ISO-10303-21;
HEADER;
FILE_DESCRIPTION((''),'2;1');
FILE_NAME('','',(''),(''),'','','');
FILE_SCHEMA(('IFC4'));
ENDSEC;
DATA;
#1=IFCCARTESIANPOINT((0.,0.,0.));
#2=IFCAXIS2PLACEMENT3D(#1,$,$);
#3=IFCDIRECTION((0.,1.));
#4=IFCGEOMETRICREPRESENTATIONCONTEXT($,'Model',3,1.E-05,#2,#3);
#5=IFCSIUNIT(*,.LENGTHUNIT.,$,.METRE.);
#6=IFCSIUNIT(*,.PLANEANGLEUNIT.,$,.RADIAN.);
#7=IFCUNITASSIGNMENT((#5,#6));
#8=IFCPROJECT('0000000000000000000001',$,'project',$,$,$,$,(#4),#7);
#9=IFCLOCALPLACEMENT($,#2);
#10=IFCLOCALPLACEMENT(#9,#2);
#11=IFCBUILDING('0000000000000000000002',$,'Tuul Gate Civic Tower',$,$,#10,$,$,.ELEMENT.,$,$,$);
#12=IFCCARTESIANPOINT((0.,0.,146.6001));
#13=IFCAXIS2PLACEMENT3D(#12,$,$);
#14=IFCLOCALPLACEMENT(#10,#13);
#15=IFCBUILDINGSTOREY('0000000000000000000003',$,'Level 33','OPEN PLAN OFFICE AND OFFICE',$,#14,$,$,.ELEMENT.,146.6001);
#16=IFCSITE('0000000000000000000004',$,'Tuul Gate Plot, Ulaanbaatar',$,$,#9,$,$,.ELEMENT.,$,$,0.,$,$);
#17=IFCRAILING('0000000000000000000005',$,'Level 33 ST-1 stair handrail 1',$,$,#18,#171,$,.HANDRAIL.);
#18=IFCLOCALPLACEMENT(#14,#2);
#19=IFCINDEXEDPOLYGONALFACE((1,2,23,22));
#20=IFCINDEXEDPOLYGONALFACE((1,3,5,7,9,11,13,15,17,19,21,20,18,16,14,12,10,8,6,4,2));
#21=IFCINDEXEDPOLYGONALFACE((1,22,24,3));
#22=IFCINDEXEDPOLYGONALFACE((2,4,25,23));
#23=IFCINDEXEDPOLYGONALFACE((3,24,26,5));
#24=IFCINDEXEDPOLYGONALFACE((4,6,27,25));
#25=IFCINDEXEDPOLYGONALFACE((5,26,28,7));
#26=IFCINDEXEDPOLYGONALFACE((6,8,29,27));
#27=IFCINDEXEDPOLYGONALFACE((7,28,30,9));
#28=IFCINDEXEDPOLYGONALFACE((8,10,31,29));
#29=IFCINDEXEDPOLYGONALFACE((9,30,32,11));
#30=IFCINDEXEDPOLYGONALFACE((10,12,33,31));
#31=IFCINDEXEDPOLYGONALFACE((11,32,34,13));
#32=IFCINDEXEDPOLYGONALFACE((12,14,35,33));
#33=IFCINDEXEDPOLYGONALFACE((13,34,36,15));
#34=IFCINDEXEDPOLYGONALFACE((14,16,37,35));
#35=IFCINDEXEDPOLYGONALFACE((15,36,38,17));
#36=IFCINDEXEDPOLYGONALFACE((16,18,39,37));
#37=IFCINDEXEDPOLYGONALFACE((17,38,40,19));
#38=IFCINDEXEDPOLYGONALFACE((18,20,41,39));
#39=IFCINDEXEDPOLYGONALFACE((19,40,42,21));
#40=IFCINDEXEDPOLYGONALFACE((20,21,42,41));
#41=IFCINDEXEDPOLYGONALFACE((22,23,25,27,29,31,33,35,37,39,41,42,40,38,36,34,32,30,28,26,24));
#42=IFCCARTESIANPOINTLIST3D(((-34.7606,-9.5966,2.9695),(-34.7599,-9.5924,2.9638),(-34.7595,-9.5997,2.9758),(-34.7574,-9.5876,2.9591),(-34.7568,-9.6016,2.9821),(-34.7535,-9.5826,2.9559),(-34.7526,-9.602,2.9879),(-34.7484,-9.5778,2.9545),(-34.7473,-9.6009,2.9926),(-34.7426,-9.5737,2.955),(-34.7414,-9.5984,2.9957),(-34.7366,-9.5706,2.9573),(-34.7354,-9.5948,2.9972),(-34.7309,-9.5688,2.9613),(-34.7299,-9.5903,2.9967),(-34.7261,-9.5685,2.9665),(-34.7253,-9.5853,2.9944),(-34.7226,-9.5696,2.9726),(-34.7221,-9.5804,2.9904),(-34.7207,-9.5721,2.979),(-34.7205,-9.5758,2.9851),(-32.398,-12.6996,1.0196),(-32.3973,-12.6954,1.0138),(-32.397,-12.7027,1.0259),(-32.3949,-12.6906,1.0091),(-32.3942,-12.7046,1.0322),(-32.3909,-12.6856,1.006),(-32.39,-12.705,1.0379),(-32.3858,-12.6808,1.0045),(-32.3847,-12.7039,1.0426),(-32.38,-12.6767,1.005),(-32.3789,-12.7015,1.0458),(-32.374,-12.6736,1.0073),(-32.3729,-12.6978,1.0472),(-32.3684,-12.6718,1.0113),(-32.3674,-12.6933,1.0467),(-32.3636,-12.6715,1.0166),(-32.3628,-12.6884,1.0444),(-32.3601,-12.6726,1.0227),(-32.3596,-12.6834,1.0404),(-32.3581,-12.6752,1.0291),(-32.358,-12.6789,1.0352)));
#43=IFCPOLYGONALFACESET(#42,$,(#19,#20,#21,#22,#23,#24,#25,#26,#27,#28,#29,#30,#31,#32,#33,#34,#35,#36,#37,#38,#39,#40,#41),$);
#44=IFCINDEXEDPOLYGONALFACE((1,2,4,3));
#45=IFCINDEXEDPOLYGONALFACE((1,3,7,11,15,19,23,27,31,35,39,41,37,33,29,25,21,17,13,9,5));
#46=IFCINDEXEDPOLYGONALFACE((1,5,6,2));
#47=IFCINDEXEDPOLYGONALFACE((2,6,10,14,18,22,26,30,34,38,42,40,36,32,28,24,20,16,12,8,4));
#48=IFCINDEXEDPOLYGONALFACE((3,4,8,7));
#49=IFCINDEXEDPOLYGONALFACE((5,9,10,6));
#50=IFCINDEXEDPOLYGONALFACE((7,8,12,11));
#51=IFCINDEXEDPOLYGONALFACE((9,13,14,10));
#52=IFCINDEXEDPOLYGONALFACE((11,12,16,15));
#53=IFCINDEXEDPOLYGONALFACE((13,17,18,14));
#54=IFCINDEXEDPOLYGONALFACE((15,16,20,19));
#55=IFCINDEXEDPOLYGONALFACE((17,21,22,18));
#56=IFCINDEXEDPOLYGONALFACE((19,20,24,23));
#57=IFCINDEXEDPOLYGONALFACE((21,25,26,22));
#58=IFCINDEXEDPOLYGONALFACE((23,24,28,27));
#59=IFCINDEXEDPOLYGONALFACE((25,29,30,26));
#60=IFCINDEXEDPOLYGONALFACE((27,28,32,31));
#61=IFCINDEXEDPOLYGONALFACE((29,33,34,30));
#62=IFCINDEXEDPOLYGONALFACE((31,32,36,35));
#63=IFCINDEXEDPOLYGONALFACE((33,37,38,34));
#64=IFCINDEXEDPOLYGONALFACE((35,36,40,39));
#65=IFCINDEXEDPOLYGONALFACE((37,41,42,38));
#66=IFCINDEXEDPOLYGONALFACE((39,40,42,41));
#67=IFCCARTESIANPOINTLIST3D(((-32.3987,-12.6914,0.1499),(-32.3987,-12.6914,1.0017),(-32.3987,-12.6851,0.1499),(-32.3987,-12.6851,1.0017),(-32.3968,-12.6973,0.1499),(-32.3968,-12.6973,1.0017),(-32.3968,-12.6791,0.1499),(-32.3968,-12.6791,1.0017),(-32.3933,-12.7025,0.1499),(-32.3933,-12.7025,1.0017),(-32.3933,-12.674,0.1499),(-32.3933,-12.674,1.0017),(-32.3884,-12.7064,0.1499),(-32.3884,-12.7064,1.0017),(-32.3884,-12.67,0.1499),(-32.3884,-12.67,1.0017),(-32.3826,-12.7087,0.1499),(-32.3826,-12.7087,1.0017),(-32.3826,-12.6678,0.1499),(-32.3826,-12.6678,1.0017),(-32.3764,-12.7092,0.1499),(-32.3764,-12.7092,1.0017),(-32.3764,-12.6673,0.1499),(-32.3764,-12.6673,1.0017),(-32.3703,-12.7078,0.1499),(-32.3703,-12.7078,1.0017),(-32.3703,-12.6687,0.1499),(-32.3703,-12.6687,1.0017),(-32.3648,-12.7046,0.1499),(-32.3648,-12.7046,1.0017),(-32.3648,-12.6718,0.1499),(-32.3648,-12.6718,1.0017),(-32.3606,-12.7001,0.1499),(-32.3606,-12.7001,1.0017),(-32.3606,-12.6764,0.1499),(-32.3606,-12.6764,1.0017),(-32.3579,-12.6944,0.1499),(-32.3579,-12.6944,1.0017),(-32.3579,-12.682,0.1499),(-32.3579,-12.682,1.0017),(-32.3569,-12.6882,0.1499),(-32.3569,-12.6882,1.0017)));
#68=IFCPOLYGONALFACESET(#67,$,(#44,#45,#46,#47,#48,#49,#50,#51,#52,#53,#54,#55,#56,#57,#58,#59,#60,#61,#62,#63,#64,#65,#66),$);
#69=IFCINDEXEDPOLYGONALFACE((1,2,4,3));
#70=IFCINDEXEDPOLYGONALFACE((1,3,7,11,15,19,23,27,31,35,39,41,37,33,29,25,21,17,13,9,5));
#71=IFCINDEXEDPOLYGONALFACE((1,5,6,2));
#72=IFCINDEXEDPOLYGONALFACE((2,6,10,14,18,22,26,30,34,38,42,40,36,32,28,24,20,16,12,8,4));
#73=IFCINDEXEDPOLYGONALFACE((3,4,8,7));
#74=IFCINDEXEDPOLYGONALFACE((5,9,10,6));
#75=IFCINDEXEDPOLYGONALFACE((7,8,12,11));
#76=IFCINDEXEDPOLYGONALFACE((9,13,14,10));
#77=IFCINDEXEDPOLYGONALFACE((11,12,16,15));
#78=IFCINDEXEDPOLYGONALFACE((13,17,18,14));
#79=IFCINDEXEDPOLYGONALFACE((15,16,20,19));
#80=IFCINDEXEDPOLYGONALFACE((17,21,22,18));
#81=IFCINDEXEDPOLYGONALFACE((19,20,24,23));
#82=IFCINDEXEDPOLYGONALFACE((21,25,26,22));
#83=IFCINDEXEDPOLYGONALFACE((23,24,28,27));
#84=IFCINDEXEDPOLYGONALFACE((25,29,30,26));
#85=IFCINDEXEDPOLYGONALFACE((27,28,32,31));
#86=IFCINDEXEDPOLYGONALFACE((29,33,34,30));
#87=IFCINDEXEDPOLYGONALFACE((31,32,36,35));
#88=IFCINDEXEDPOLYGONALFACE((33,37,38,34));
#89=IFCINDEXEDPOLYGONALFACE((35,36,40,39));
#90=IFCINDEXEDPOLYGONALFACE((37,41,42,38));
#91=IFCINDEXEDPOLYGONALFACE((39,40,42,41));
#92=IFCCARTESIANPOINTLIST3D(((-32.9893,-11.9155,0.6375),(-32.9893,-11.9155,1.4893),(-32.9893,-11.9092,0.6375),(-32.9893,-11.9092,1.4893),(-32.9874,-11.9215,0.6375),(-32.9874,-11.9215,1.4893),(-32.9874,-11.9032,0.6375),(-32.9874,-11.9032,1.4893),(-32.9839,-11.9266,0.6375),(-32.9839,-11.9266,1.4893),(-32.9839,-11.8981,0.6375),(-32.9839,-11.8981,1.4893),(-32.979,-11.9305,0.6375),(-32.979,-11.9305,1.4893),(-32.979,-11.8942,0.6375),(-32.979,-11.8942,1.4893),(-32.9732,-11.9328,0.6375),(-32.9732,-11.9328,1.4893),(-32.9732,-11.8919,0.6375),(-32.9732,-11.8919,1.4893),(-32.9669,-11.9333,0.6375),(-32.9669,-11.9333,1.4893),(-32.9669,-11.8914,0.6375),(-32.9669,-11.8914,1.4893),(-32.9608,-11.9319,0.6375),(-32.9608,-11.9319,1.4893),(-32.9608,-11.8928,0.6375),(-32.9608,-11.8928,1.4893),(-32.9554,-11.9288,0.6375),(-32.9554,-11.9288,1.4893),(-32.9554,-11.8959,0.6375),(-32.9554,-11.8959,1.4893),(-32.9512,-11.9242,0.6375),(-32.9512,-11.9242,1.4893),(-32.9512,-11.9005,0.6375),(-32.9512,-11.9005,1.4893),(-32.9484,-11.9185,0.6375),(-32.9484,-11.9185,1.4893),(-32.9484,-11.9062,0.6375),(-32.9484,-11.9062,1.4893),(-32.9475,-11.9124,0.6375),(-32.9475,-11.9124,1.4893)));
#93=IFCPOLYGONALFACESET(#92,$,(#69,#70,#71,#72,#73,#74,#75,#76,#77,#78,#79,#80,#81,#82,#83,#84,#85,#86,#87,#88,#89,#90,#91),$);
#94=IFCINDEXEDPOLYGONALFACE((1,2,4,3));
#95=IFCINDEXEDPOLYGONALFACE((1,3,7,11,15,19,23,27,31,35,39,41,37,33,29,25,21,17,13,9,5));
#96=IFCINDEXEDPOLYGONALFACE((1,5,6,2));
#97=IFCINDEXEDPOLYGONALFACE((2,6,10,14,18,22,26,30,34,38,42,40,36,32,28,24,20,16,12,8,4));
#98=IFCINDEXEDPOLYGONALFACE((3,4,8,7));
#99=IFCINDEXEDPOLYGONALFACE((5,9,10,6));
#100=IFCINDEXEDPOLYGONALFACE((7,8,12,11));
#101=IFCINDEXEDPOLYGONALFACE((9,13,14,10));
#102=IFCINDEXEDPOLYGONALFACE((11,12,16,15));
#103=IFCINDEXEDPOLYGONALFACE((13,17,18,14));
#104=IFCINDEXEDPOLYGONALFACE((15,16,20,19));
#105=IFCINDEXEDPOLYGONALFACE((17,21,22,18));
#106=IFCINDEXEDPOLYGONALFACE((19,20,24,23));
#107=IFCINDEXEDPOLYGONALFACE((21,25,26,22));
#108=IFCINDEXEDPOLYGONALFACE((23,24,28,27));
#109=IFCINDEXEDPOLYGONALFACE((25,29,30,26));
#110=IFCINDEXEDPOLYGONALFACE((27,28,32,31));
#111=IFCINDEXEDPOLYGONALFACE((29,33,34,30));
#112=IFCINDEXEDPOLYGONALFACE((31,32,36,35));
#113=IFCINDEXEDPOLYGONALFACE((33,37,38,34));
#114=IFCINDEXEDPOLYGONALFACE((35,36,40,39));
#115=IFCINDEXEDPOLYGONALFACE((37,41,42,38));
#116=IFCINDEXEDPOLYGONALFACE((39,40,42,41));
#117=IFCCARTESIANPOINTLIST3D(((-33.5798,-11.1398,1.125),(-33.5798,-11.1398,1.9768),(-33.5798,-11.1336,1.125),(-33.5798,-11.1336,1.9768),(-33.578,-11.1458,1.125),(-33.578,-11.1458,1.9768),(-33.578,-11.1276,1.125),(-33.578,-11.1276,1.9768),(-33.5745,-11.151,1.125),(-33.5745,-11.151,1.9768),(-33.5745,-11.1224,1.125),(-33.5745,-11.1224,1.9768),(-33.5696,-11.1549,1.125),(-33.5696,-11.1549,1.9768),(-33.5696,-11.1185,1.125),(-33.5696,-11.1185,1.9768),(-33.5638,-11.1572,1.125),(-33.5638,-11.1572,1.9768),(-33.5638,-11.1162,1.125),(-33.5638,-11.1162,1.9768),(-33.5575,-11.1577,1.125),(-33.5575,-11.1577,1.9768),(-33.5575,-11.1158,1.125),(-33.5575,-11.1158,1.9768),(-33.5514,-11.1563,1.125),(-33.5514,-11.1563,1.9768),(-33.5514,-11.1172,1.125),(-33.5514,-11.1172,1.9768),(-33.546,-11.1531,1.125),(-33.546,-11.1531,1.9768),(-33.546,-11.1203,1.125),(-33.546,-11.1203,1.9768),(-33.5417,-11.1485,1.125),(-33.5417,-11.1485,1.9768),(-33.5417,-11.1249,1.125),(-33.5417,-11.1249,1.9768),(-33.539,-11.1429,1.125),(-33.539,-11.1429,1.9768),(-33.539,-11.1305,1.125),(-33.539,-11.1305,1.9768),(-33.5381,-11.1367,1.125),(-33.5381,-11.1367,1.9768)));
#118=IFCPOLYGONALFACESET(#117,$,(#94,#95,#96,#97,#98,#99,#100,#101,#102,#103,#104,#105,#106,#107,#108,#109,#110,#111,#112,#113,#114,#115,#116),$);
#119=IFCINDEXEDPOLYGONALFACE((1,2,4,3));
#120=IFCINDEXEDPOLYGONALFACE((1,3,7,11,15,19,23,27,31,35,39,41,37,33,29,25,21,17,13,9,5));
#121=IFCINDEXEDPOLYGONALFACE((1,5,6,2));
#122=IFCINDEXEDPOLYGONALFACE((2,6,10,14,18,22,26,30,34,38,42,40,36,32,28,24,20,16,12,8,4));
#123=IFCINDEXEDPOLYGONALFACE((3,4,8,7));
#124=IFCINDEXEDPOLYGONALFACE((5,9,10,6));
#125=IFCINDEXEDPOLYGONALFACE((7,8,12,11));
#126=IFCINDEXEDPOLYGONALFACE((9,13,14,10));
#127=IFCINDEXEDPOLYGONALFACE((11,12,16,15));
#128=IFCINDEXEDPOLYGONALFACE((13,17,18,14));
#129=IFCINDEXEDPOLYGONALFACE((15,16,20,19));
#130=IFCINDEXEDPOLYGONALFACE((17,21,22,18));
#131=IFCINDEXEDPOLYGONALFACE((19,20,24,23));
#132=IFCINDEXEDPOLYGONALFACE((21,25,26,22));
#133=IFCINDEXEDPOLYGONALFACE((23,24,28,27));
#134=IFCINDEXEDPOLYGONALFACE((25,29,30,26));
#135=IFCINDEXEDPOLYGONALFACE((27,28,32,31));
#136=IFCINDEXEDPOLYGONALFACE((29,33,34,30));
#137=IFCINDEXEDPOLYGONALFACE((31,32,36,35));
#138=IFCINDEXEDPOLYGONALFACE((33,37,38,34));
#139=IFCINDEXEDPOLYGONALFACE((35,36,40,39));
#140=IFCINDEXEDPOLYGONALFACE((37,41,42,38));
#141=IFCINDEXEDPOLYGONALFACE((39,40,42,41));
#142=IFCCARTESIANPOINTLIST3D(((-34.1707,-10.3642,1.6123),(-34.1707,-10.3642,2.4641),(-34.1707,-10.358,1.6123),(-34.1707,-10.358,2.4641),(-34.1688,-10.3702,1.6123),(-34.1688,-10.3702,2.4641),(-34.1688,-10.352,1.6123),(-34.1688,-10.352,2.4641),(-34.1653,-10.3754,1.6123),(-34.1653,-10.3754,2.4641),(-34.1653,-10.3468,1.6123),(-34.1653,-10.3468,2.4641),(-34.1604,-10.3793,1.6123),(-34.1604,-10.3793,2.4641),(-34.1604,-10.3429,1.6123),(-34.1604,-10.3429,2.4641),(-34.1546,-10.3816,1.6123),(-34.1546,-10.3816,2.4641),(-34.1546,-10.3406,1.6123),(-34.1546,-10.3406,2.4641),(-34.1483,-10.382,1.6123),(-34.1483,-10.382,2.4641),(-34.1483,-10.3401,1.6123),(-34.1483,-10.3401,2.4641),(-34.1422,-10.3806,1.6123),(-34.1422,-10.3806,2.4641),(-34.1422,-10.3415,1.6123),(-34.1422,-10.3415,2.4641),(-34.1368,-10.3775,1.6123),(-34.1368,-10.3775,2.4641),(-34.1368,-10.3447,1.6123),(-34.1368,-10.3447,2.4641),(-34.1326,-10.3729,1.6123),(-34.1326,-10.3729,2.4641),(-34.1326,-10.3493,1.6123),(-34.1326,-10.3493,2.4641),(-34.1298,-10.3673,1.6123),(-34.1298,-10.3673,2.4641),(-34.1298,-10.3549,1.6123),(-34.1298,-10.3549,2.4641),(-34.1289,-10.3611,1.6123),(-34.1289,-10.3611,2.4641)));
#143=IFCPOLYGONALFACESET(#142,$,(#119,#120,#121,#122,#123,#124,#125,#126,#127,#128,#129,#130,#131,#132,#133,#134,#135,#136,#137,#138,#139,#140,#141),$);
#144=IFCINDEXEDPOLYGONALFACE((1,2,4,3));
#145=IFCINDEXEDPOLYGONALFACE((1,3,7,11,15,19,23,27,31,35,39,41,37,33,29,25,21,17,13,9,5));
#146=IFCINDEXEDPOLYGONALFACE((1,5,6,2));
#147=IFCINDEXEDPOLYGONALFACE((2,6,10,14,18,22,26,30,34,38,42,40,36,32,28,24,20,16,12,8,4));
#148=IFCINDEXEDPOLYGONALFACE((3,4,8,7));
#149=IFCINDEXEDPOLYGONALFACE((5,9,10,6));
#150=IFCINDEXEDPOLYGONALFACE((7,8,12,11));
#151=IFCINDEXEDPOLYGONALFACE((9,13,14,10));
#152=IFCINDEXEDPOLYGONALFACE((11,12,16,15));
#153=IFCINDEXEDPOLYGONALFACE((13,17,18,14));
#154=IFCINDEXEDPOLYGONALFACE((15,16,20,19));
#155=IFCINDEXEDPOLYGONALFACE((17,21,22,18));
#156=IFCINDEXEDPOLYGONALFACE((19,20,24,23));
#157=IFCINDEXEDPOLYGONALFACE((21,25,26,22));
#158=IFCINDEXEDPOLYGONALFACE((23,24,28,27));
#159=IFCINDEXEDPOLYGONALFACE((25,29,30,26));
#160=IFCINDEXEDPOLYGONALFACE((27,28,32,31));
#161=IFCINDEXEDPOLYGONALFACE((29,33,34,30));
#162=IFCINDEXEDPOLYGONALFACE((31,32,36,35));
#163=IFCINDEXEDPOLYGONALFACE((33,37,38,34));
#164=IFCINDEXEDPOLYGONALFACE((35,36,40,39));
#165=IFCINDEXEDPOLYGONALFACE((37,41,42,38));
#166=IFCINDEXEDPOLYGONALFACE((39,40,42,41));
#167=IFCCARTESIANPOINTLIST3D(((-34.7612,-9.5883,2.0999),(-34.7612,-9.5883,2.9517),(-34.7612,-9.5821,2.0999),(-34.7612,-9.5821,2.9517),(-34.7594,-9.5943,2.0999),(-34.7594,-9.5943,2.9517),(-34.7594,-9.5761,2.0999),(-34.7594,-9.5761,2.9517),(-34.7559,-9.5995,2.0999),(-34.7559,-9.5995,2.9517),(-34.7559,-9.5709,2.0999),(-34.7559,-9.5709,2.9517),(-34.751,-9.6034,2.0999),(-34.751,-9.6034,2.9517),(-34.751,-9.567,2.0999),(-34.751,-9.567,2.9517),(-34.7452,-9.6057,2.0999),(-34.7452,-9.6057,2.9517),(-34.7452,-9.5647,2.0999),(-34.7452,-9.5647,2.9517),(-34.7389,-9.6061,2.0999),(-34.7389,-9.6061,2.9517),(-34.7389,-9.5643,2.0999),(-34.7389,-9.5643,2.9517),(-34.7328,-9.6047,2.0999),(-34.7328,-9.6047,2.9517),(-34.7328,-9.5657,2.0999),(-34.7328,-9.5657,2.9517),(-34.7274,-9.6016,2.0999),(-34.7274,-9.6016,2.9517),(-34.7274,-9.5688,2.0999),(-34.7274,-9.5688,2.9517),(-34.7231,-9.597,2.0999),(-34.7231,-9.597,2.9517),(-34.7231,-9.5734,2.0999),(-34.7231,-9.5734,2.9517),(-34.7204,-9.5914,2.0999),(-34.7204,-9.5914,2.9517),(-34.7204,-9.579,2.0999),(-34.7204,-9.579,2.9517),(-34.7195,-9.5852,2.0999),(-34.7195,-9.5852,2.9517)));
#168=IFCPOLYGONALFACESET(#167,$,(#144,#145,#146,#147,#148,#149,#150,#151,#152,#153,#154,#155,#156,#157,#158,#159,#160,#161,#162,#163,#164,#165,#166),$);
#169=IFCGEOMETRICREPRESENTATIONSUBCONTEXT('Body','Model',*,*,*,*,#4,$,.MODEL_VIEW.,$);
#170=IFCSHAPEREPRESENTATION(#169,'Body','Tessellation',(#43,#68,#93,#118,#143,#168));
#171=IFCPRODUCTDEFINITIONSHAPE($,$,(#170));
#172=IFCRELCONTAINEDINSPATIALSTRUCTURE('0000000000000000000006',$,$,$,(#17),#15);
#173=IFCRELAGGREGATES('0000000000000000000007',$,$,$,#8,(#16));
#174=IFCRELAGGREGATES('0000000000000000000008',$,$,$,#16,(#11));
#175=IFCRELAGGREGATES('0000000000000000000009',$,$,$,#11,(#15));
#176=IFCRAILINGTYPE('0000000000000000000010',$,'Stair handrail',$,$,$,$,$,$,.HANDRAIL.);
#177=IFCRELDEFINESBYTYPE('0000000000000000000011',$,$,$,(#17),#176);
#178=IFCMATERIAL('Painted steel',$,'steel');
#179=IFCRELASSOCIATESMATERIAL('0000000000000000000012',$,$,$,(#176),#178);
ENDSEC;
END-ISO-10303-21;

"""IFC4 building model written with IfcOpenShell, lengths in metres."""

from ifc_helpers import new_model, si_unit, direction, frame, origin, origin_2d, place, context, subcontext, project, spatial, circle, extrude, material, type_object, element, save


model = new_model("IFC4")

# Units and contexts
model_context = context("Model", 3, precision=1e-05, world=origin(), true_north=direction((0.0, 1.0)))
body_context = subcontext(model_context, "Body", "Model", "MODEL_VIEW")
ifc_project = project(units=[si_unit("LENGTHUNIT", "METRE"), si_unit("PLANEANGLEUNIT", "RADIAN")], contexts=[model_context])

# Site, building, storey
site_placement = place(None, origin())
site = spatial("IfcSite", under=ifc_project, at=site_placement, Name="Tuul Gate Plot, Ulaanbaatar", CompositionType="ELEMENT", RefElevation=0.0)
building_placement = place(site_placement, origin())
building = spatial("IfcBuilding", under=site, at=building_placement, Name="Tuul Gate Civic Tower", CompositionType="ELEMENT")
storey_placement = place(building_placement, frame((0.0, 0.0, 146.6001)))
storey = spatial("IfcBuildingStorey", under=building, at=storey_placement, Name="Level 33", Description="OPEN PLAN OFFICE AND OFFICE", CompositionType="ELEMENT", Elevation=146.6001)

# Railing
ifc_material_1 = material(Name="Painted steel", Category="steel")
railing_type_1 = type_object("IfcRailingType", Name="Stair handrail", PredefinedType="HANDRAIL", material=ifc_material_1)
railing_1_placement = place(storey_placement, frame((-32.3779, -12.6882, 0.1499)))
element("IfcRailing", 1, at=railing_1_placement, inside=storey, type_object=railing_type_1, Name="Level 33 ST-1 stair handrail 1", PredefinedType="HANDRAIL", context=body_context, shape_type="SweptSolid", body=[
    extrude(circle(Radius=0.0239, at=origin_2d()), frame((0.0, 0.0, 0.876), z_axis=(-0.541824, 0.711645, 0.4472), x_axis=(-0.795637, -0.605773, 0.0)), (0.0, 0.0, 1.0), 4.3604),
    extrude(circle(Radius=0.021, at=origin_2d()), origin(), (0.0, 0.0, 1.0), 0.8518),
    extrude(circle(Radius=0.021, at=origin_2d()), frame((-0.5906, 0.7759, 0.4875)), (0.0, 0.0, 1.0), 0.8518),
    extrude(circle(Radius=0.021, at=origin_2d()), frame((-1.1812, 1.5515, 0.9751)), (0.0, 0.0, 1.0), 0.8518),
    extrude(circle(Radius=0.021, at=origin_2d()), frame((-1.772, 2.3271, 1.4624)), (0.0, 0.0, 1.0), 0.8518),
    extrude(circle(Radius=0.021, at=origin_2d()), frame((-2.3625, 3.103, 1.95)), (0.0, 0.0, 1.0), 0.8518),
])

save(model, "model.ifc")
